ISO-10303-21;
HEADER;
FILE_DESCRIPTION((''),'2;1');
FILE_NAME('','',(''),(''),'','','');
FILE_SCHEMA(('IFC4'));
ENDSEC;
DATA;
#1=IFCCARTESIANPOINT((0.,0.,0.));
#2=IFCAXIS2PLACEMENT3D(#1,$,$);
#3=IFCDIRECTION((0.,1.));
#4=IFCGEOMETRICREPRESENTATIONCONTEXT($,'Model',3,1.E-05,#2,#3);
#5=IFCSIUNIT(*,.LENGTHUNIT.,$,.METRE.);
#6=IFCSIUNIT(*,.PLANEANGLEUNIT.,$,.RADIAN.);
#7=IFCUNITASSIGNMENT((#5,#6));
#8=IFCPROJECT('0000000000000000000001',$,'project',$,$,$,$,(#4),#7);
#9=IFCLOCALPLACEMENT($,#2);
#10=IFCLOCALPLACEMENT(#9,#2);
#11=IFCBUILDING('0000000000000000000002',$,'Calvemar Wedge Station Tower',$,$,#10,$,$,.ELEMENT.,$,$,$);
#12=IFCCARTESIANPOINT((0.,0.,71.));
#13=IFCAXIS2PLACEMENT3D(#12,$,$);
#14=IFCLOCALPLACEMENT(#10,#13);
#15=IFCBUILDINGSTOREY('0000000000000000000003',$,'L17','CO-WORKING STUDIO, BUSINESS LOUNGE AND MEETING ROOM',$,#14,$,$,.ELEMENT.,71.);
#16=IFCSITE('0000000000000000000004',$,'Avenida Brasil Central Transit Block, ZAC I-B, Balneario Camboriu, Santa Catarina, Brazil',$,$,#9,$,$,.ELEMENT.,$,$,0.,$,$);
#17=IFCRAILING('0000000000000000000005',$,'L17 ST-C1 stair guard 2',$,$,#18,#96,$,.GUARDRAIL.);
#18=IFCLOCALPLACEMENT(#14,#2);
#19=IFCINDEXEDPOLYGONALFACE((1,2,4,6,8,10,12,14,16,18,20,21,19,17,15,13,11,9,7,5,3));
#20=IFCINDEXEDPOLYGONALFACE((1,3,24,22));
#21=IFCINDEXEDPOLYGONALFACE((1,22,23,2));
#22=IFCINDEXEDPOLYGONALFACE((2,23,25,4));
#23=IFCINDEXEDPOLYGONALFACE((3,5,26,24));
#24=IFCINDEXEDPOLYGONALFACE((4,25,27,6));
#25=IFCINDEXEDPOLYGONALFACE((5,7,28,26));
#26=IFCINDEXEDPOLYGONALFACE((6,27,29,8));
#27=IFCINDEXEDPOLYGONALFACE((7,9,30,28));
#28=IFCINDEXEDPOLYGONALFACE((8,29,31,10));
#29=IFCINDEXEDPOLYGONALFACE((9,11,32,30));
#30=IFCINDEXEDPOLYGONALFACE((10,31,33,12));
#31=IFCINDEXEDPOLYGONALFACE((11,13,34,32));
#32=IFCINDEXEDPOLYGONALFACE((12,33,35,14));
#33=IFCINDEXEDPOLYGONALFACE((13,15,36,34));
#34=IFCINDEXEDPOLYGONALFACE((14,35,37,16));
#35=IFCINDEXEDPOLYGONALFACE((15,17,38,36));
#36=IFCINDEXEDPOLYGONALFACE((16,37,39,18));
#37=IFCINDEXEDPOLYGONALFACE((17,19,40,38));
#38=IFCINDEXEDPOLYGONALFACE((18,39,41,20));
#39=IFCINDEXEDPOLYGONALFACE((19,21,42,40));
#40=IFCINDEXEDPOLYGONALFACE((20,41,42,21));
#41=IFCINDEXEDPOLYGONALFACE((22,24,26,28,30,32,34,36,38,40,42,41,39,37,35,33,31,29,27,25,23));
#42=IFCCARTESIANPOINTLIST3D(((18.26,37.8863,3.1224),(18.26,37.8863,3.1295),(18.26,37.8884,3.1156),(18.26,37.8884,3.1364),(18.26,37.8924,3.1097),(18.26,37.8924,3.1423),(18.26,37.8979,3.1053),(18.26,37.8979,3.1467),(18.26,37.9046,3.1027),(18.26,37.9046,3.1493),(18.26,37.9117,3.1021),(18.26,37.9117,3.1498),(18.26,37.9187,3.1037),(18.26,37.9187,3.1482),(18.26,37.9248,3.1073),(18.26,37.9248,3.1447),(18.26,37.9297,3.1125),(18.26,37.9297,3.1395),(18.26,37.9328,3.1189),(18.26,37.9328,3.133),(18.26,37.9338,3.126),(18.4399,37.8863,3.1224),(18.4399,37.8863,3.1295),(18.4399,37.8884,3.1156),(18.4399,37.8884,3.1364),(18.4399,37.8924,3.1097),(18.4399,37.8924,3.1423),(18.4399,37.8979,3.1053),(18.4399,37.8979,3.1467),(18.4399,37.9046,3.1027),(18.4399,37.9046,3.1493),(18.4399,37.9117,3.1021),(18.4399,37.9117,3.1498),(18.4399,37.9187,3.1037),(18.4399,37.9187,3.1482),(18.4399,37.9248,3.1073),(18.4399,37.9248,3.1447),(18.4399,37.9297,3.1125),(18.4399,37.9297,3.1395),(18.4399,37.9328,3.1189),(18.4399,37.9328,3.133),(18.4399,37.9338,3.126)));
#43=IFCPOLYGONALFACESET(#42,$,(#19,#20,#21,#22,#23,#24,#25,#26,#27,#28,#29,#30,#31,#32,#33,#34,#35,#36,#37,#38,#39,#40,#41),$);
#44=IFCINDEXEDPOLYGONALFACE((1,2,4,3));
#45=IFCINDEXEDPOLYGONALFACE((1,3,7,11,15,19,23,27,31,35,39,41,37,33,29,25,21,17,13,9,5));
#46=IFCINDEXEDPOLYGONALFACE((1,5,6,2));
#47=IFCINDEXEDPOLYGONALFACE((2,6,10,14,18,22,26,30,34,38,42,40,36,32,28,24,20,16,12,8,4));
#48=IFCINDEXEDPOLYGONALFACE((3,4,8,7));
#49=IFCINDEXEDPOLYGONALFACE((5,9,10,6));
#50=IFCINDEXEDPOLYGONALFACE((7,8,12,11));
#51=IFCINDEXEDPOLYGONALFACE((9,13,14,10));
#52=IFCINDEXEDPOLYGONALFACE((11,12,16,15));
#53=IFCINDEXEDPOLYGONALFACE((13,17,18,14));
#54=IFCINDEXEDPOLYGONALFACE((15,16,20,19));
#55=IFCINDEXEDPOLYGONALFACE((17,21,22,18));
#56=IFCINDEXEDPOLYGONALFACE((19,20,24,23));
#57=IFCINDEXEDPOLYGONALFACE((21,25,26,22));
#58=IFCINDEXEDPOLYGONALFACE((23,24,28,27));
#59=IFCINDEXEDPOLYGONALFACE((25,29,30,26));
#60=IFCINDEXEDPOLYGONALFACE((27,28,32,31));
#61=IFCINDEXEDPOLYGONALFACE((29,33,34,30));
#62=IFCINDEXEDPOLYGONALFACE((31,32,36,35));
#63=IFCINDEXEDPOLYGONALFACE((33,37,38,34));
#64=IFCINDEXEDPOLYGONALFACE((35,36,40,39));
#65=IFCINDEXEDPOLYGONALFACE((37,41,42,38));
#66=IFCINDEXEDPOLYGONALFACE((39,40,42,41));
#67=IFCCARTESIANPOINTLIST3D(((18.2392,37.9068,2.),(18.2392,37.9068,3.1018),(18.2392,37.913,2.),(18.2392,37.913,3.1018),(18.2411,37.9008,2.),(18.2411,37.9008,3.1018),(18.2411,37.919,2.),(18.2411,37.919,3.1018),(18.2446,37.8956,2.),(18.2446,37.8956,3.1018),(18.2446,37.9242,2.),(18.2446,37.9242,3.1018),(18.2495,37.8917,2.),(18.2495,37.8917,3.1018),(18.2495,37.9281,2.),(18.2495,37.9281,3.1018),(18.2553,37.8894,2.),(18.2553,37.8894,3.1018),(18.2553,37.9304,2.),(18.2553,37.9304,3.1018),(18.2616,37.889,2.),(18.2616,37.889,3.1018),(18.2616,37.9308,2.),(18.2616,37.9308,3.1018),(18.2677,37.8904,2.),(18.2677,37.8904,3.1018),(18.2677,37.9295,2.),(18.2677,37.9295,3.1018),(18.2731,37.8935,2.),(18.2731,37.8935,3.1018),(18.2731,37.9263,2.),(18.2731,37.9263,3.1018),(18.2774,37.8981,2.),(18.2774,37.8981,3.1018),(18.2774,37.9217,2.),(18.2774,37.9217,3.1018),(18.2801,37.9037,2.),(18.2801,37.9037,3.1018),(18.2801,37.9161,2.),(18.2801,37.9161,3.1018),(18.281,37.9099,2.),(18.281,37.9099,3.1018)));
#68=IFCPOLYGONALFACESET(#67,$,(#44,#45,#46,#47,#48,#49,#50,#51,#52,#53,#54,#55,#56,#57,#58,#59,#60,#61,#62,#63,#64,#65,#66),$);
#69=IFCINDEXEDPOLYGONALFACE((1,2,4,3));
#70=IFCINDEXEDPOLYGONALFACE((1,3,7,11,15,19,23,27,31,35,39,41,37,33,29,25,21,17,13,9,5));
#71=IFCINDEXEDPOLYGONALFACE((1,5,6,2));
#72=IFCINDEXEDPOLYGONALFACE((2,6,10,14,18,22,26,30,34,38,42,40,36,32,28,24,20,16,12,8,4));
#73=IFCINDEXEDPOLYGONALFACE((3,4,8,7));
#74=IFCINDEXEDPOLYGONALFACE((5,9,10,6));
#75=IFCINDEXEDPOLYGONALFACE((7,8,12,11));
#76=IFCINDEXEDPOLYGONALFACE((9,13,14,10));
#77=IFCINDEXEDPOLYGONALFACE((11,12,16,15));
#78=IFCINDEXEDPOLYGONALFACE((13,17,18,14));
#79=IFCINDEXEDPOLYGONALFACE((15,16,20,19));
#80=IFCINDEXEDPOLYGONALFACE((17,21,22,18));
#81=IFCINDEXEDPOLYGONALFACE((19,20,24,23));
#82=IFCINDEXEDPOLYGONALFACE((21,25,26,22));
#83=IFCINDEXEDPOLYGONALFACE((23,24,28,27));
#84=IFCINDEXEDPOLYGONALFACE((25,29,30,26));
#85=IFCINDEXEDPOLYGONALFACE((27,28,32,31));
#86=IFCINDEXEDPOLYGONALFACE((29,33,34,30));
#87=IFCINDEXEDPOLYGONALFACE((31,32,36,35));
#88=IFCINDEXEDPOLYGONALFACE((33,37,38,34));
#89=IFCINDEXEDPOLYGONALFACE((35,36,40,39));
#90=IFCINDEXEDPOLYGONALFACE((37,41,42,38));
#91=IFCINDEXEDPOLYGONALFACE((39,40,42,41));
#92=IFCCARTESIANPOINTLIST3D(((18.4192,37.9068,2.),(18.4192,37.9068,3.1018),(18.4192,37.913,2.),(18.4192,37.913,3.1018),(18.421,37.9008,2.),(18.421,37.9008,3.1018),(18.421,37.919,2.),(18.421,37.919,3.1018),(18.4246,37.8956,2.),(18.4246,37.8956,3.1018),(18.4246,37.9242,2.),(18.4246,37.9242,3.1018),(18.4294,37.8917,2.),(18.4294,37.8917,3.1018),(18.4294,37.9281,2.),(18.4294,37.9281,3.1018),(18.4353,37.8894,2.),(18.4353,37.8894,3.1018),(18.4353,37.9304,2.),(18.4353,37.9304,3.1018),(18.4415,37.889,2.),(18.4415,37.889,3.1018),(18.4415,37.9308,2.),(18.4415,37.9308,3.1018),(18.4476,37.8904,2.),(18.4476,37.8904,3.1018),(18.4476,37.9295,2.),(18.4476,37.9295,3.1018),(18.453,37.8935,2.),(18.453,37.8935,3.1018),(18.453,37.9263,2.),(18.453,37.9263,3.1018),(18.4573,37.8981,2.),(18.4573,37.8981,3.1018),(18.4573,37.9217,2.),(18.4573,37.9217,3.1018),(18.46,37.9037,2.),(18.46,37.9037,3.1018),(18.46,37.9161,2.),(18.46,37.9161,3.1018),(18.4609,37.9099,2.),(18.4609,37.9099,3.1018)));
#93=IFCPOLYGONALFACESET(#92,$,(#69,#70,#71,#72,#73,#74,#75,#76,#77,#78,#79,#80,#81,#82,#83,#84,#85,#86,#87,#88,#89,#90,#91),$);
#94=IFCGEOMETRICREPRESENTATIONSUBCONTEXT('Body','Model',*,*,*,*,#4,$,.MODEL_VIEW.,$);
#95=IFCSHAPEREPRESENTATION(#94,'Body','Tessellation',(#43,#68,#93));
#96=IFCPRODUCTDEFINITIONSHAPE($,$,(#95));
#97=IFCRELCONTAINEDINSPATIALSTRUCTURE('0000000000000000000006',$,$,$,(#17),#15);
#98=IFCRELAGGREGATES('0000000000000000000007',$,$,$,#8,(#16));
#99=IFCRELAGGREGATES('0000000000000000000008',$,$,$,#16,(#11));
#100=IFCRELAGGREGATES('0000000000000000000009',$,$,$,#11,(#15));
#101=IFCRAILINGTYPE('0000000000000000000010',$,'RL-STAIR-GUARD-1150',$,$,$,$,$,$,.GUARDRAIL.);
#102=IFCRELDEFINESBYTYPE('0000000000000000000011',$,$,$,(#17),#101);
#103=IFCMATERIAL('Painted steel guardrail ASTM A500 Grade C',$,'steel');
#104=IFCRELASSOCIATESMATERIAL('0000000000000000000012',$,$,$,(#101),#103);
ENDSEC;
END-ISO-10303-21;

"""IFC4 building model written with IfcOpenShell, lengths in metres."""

from ifc_helpers import new_model, si_unit, direction, frame, origin, origin_2d, place, context, subcontext, project, spatial, circle, extrude, material, type_object, element, save


model = new_model("IFC4")

# Units and contexts
model_context = context("Model", 3, precision=1e-05, world=origin(), true_north=direction((0.0, 1.0)))
body_context = subcontext(model_context, "Body", "Model", "MODEL_VIEW")
ifc_project = project(units=[si_unit("LENGTHUNIT", "METRE"), si_unit("PLANEANGLEUNIT", "RADIAN")], contexts=[model_context])

# Site, building, storey
site_placement = place(None, origin())
site = spatial("IfcSite", under=ifc_project, at=site_placement, Name="Avenida Brasil Central Transit Block, ZAC I-B, Balneario Camboriu, Santa Catarina, Brazil", CompositionType="ELEMENT", RefElevation=0.0)
building_placement = place(site_placement, origin())
building = spatial("IfcBuilding", under=site, at=building_placement, Name="Calvemar Wedge Station Tower", CompositionType="ELEMENT")
storey_placement = place(building_placement, frame((0.0, 0.0, 71.0)))
storey = spatial("IfcBuildingStorey", under=building, at=storey_placement, Name="L17", Description="CO-WORKING STUDIO, BUSINESS LOUNGE AND MEETING ROOM", CompositionType="ELEMENT", Elevation=71.0)

# Railing
ifc_material_1 = material(Name="Painted steel guardrail ASTM A500 Grade C", Category="steel")
railing_type_1 = type_object("IfcRailingType", Name="RL-STAIR-GUARD-1150", PredefinedType="GUARDRAIL", material=ifc_material_1)
railing_1_placement = place(storey_placement, frame((18.26, 37.9099, 2.0)))
element("IfcRailing", 1, at=railing_1_placement, inside=storey, type_object=railing_type_1, Name="L17 ST-C1 stair guard 2", PredefinedType="GUARDRAIL", context=body_context, shape_type="SweptSolid", body=[
    extrude(circle(Radius=0.0239, at=origin_2d()), frame((0.0, 0.0, 1.126), z_axis=(1.0, 0.0, 0.0), x_axis=(0.0, 1.0, 0.0)), (0.0, 0.0, 1.0), 0.1799),
    extrude(circle(Radius=0.021, at=origin_2d()), origin(), (0.0, 0.0, 1.0), 1.1018),
    extrude(circle(Radius=0.021, at=origin_2d()), frame((0.1799, 0.0, 0.0)), (0.0, 0.0, 1.0), 1.1018),
])

save(model, "model.ifc")
